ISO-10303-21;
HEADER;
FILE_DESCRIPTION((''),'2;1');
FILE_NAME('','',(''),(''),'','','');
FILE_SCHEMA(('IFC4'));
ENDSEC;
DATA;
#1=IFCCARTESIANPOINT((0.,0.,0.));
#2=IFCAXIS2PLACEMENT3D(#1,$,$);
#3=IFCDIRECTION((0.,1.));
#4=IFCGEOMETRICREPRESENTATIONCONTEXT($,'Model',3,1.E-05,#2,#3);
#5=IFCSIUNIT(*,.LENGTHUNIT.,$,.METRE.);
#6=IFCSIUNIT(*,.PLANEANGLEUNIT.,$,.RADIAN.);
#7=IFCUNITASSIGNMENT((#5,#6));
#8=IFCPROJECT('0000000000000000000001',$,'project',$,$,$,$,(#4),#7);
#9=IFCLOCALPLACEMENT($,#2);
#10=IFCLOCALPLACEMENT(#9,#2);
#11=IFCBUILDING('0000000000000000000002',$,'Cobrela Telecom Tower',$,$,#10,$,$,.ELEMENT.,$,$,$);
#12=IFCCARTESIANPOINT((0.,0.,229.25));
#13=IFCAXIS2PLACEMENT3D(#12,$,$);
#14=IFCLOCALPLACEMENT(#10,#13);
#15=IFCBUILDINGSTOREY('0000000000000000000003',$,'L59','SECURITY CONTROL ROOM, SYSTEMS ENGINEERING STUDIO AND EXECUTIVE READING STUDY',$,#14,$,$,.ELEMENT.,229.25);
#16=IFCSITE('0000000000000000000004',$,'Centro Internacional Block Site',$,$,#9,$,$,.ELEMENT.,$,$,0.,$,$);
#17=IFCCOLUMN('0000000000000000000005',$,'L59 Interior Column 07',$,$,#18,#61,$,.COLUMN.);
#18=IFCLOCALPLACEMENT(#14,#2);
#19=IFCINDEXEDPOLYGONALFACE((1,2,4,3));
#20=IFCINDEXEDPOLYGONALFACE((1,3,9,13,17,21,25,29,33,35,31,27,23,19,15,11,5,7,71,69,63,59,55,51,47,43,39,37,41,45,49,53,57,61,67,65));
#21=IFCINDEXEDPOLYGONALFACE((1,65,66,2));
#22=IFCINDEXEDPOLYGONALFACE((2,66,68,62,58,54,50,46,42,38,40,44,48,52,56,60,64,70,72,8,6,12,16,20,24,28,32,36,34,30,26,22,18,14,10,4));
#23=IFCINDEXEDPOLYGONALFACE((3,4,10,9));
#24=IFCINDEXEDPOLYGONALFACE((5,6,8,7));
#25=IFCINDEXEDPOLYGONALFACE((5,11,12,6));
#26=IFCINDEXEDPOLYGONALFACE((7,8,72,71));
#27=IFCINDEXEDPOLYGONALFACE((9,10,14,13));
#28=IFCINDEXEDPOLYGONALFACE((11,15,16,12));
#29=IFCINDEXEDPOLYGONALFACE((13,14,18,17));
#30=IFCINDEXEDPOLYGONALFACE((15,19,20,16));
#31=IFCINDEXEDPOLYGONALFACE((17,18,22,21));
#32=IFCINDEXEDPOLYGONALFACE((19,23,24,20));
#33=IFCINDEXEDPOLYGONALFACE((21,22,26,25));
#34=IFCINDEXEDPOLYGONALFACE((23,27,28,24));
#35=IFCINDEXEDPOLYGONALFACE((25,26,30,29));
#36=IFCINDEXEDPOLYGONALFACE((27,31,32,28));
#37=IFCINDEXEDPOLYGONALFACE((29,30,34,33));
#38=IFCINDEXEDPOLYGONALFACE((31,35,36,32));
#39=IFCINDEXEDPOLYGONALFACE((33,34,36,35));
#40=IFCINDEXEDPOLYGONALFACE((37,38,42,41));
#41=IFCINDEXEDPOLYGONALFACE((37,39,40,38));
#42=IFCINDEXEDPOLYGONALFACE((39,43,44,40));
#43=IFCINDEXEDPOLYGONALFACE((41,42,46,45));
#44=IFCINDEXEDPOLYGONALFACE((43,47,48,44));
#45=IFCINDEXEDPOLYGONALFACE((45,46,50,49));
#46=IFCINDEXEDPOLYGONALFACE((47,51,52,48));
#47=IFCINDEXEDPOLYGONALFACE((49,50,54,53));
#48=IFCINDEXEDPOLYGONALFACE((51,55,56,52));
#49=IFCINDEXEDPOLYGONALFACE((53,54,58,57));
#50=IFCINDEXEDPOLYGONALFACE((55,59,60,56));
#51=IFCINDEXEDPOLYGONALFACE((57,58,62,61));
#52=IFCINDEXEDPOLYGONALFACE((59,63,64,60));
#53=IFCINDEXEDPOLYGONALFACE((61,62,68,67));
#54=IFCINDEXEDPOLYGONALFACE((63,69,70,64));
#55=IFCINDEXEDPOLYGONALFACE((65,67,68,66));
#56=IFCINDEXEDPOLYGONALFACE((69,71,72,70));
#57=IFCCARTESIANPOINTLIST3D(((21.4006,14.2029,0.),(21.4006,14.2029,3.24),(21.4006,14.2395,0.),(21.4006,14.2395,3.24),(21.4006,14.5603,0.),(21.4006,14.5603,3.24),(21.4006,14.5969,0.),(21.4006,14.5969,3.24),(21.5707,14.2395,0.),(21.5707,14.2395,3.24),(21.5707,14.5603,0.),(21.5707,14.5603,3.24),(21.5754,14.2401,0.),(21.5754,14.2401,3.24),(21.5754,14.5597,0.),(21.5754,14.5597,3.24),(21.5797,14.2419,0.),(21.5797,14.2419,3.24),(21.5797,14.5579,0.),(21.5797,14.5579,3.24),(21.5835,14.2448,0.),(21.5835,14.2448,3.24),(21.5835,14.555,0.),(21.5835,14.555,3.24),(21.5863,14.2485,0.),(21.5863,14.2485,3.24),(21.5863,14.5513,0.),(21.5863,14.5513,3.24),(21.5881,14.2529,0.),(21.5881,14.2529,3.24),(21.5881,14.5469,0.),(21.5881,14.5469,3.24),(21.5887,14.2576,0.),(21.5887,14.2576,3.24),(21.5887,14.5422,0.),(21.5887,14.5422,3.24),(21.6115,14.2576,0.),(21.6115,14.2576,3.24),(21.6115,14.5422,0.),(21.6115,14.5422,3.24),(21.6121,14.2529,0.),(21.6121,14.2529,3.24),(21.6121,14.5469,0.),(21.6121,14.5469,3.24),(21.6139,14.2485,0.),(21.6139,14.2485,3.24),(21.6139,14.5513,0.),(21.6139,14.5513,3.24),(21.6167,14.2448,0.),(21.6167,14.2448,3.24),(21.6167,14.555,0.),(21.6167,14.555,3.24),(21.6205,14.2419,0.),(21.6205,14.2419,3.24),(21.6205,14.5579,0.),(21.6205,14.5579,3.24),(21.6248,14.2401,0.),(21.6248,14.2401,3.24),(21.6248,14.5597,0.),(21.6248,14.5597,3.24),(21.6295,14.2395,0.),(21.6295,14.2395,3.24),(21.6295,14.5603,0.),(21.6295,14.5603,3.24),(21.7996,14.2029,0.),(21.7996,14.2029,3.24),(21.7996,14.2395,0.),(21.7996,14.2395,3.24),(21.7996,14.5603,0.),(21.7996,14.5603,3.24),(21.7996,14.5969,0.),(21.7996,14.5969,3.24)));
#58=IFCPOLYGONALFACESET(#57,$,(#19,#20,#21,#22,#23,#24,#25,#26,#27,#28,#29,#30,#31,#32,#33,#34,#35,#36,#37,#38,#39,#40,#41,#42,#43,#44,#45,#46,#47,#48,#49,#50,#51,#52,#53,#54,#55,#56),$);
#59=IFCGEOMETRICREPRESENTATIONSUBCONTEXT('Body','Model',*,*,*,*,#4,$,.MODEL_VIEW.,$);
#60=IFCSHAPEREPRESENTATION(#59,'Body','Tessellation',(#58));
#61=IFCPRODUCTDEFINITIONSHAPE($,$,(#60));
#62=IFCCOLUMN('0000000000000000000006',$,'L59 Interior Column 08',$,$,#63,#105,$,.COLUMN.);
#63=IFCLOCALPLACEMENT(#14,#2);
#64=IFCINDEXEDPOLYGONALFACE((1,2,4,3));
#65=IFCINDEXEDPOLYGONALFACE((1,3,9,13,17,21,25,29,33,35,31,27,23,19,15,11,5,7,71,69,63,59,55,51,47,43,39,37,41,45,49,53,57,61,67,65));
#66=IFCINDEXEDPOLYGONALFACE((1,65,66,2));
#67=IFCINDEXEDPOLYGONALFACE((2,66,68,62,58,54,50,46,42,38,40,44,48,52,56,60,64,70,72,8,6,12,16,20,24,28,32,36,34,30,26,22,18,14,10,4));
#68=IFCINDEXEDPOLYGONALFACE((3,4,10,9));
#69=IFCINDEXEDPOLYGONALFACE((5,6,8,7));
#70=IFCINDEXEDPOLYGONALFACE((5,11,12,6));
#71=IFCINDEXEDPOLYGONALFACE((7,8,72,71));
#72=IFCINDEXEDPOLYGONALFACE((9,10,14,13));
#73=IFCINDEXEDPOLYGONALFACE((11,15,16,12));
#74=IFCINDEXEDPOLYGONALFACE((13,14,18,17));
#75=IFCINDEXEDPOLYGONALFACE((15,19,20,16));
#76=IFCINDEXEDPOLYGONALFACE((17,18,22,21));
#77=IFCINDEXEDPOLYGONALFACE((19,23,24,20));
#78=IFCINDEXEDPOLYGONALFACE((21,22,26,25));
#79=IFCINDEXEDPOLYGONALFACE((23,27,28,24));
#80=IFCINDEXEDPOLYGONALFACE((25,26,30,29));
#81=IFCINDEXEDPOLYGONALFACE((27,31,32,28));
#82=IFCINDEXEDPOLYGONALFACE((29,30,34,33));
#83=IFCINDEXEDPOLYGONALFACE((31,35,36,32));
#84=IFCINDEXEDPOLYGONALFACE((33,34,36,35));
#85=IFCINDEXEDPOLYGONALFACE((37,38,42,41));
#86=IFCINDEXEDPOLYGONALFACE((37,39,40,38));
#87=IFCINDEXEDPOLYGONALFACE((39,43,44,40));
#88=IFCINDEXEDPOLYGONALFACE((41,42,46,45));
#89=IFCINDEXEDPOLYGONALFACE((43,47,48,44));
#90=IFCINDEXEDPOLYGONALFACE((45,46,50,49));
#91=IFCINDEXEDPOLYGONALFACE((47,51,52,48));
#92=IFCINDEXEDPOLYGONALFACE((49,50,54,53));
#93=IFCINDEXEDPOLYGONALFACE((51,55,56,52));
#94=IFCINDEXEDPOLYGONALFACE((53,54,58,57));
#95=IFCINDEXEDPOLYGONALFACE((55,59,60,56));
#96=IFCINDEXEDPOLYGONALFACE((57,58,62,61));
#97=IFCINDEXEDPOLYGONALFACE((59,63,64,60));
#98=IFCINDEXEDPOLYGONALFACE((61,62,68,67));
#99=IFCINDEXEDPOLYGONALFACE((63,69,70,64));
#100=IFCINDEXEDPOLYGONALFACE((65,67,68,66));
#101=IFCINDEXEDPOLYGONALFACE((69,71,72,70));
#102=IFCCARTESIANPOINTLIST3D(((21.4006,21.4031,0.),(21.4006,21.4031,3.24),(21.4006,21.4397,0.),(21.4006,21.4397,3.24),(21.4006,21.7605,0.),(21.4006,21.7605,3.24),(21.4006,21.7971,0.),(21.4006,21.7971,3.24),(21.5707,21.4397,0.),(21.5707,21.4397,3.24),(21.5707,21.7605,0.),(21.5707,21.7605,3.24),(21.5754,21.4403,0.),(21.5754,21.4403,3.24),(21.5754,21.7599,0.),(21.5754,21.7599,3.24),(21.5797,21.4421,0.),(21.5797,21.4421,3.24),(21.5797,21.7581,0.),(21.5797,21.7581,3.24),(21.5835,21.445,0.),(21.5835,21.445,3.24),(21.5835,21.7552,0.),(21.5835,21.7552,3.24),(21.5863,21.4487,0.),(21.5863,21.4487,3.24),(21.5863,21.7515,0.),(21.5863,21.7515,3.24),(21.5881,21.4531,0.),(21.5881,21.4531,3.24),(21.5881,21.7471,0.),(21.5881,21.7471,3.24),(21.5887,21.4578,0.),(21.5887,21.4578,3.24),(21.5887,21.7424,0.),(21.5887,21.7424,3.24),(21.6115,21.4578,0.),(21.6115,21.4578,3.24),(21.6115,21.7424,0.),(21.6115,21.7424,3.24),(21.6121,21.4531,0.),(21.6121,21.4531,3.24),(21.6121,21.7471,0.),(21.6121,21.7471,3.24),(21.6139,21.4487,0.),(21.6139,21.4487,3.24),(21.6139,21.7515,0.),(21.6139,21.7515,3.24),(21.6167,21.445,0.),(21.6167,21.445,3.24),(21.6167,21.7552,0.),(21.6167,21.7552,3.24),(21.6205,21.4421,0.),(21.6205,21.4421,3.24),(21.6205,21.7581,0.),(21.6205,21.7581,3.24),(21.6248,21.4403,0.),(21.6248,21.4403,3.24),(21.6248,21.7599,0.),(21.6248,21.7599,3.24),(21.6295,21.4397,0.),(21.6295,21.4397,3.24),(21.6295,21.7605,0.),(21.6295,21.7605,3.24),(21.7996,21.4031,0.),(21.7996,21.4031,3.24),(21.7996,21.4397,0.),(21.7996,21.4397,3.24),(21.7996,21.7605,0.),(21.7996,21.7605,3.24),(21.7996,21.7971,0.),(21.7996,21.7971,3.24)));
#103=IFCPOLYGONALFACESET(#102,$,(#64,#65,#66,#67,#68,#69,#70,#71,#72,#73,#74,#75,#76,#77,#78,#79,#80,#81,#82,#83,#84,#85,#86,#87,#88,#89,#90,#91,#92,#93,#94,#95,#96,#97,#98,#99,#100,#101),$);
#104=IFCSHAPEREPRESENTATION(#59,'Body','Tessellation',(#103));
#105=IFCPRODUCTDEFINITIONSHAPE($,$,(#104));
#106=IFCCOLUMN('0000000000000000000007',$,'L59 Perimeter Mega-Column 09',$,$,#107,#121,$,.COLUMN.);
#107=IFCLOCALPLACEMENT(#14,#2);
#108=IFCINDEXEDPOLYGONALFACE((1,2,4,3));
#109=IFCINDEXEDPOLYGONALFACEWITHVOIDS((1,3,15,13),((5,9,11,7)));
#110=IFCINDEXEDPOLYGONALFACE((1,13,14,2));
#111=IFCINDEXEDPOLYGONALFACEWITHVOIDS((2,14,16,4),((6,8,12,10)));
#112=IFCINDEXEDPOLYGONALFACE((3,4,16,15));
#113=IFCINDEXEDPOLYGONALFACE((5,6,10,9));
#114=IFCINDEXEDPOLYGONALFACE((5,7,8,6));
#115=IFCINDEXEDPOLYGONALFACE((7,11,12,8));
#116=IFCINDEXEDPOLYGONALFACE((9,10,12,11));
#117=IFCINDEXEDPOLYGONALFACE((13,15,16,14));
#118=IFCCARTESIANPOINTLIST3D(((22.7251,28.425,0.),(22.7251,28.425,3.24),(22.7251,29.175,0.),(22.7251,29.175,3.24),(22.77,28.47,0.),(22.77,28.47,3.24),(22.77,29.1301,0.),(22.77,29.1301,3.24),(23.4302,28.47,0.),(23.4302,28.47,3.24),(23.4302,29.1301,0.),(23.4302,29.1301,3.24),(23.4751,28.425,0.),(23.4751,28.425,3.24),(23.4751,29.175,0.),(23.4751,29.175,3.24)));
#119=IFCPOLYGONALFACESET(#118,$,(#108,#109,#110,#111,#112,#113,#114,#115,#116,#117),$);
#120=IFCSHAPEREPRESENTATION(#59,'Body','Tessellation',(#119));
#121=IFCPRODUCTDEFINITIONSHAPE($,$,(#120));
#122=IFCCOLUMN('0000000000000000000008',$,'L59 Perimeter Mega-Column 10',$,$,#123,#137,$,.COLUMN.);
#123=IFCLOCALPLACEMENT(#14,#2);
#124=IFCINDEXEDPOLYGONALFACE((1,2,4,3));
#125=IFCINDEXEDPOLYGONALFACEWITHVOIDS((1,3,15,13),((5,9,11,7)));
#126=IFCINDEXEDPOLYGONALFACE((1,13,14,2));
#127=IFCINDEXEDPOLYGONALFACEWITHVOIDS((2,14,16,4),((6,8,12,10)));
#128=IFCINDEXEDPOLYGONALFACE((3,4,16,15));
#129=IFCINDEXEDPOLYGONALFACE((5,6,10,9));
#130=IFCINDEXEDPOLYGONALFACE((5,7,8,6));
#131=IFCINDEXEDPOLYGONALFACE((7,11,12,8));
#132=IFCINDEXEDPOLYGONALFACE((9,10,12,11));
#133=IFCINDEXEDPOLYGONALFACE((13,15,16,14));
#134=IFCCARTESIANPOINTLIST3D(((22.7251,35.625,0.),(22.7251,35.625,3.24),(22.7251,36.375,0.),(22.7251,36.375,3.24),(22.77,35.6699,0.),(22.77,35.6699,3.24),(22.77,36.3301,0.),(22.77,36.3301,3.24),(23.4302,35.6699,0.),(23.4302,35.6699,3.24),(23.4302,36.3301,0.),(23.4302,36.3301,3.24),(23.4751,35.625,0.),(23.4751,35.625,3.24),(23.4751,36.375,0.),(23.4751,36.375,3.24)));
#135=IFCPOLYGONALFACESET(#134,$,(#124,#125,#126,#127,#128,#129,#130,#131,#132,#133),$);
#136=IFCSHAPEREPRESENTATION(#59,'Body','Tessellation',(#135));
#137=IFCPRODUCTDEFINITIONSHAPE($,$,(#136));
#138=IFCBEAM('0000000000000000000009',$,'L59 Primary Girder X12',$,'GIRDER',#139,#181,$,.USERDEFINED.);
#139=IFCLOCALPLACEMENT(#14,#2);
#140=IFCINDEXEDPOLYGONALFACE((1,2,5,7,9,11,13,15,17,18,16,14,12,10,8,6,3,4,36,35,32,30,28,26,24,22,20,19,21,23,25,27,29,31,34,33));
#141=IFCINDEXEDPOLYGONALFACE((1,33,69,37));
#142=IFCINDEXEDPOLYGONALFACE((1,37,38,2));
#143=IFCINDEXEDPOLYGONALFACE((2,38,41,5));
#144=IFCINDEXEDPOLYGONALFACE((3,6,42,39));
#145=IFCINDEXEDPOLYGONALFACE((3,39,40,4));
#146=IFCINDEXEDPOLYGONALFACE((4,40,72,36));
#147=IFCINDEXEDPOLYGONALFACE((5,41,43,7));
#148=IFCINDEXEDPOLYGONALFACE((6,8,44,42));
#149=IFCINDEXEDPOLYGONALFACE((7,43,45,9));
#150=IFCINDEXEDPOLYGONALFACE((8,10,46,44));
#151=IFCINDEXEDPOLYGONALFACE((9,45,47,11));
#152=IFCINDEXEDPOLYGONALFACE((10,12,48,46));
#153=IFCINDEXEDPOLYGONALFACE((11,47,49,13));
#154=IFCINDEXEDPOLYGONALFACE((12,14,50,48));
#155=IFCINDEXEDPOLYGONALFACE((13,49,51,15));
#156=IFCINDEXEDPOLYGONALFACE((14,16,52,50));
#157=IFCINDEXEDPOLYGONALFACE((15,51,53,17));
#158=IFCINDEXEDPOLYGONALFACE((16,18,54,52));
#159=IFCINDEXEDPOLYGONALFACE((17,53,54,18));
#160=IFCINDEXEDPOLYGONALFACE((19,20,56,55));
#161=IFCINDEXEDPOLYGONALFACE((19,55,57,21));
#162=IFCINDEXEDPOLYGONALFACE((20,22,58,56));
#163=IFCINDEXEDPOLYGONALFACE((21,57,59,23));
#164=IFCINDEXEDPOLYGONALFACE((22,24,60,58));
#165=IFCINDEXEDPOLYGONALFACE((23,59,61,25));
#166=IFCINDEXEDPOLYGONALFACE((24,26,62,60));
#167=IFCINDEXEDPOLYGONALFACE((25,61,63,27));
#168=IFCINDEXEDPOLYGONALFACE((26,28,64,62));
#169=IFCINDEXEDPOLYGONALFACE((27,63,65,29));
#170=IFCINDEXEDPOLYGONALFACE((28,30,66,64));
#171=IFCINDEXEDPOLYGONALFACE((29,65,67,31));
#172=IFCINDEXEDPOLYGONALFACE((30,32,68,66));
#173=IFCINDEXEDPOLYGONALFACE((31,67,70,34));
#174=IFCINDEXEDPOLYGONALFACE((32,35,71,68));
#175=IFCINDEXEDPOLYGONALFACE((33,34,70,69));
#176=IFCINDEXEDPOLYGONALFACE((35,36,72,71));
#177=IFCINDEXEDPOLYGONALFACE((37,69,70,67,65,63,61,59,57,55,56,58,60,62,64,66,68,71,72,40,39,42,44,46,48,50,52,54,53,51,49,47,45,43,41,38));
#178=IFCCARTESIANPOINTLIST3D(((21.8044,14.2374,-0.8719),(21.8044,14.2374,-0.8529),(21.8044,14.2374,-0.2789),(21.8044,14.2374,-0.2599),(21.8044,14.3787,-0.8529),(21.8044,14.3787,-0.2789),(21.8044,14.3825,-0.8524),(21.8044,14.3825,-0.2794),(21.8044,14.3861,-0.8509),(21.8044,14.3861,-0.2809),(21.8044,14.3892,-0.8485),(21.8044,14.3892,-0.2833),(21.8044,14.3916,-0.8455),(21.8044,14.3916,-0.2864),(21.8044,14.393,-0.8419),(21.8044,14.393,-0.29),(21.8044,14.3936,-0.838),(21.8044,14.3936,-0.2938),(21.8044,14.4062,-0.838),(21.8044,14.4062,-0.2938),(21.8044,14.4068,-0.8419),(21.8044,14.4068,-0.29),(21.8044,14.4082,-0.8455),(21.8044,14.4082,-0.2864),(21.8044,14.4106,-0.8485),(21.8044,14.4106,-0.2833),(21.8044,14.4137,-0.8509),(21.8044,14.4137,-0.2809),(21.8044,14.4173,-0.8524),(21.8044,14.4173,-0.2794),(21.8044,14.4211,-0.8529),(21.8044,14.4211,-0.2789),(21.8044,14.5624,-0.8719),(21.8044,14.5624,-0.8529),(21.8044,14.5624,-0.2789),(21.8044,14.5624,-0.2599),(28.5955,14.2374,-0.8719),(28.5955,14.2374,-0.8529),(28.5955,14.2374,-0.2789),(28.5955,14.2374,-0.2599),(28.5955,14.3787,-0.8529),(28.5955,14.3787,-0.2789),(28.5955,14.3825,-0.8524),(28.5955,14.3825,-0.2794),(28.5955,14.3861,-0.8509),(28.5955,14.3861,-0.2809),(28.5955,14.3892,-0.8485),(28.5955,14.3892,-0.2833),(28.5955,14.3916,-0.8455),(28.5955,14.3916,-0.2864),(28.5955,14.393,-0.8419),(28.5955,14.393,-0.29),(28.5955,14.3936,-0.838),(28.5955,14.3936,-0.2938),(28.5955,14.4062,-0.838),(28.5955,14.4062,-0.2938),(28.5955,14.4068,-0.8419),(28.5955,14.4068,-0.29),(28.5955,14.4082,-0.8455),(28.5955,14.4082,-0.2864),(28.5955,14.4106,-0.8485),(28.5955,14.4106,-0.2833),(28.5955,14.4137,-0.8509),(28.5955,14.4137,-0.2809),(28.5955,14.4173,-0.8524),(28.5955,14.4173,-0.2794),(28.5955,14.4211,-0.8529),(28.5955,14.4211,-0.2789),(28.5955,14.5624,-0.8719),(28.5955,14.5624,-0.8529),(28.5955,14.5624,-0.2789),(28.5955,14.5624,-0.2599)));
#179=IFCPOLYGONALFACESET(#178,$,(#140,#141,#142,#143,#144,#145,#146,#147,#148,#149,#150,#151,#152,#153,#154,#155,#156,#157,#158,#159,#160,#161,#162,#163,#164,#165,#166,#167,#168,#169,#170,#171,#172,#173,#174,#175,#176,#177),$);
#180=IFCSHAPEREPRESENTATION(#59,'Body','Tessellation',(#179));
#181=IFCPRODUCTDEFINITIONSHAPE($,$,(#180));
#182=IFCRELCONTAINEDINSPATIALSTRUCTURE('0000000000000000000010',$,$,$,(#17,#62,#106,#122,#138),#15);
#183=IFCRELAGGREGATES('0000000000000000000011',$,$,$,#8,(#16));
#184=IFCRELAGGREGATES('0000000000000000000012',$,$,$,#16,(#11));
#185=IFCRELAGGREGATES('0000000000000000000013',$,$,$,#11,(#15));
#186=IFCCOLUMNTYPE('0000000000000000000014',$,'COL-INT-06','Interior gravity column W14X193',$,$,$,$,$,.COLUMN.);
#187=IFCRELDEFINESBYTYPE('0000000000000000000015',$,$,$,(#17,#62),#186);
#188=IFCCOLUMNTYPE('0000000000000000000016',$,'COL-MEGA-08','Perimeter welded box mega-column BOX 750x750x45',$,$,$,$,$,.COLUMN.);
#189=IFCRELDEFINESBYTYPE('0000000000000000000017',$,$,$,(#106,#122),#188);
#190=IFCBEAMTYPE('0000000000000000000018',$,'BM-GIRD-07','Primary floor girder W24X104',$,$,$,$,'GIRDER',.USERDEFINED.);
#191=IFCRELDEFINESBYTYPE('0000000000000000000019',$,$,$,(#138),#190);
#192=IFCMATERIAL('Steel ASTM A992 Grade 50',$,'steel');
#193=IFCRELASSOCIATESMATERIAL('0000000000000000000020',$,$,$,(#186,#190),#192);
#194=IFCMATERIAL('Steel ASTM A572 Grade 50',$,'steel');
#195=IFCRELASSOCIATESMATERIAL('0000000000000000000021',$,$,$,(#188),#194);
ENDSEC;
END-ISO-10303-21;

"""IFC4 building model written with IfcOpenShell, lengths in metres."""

from ifc_helpers import new_model, si_unit, direction, frame, origin, origin_2d, place, context, subcontext, project, spatial, hollow_rectangle, i_section, extrude, material, material_profile, profile_set, type_object, element, save


model = new_model("IFC4")

# Units and contexts
model_context = context("Model", 3, precision=1e-05, world=origin(), true_north=direction((0.0, 1.0)))
body_context = subcontext(model_context, "Body", "Model", "MODEL_VIEW")
ifc_project = project(units=[si_unit("LENGTHUNIT", "METRE"), si_unit("PLANEANGLEUNIT", "RADIAN")], contexts=[model_context])

# Site, building, storey
site_placement = place(None, origin())
site = spatial("IfcSite", under=ifc_project, at=site_placement, Name="Centro Internacional Block Site", CompositionType="ELEMENT", RefElevation=0.0)
building_placement = place(site_placement, origin())
building = spatial("IfcBuilding", under=site, at=building_placement, Name="Cobrela Telecom Tower", CompositionType="ELEMENT")
storey_placement = place(building_placement, frame((0.0, 0.0, 229.25)))
storey = spatial("IfcBuildingStorey", under=building, at=storey_placement, Name="L59", Description="SECURITY CONTROL ROOM, SYSTEMS ENGINEERING STUDIO AND EXECUTIVE READING STUDY", CompositionType="ELEMENT", Elevation=229.25)

# Columns
ifc_material_1 = material(Name="Steel ASTM A992 Grade 50", Category="steel")
ifc_material_profile_1 = material_profile(ifc_material_1, i_section(OverallWidth=0.3989, OverallDepth=0.394, WebThickness=0.0227, FlangeThickness=0.0366, FilletRadius=0.0181, at=origin_2d()), Name="W14X193")
ifc_profile_set_1 = profile_set([ifc_material_profile_1], Name="Steel ASTM A992 Grade 50")
column_type_1 = type_object("IfcColumnType", Name="COL-INT-06", Description="Interior gravity column W14X193", PredefinedType="COLUMN", material=ifc_profile_set_1)
for number, where, z_axis, x_axis, name in (
    (1, (21.6001, 14.3999, 0.0), (0.0, 0.0, 1.0), (1.0, 0.0, 0.0), "L59 Interior Column 07"),
    (2, (21.6001, 21.6001, 0.0), (0.0, 0.0, 1.0), (1.0, 0.0, 0.0), "L59 Interior Column 08"),
):
    element("IfcColumn", number, at=place(storey_placement, frame(where, z_axis=z_axis, x_axis=x_axis)), inside=storey, type_object=column_type_1, Name=name, PredefinedType="COLUMN", context=body_context, shape_type="SweptSolid", body=[
        extrude(i_section(OverallWidth=0.3989, OverallDepth=0.394, WebThickness=0.0227, FlangeThickness=0.0366, FilletRadius=0.0181, at=origin_2d()), origin(), (0.0, 0.0, 1.0), 3.24),
    ])
ifc_material_2 = material(Name="Steel ASTM A572 Grade 50", Category="steel")
ifc_material_profile_2 = material_profile(ifc_material_2, hollow_rectangle(XDim=0.75, YDim=0.75, WallThickness=0.0449, at=origin_2d()), Name="BOX 750x750x45")
ifc_profile_set_2 = profile_set([ifc_material_profile_2], Name="Steel ASTM A572 Grade 50")
column_type_2 = type_object("IfcColumnType", Name="COL-MEGA-08", Description="Perimeter welded box mega-column BOX 750x750x45", PredefinedType="COLUMN", material=ifc_profile_set_2)
for number, where, z_axis, x_axis, name in (
    (3, (23.1001, 28.8, 0.0), (0.0, 0.0, 1.0), (1.0, 0.0, 0.0), "L59 Perimeter Mega-Column 09"),
    (4, (23.1001, 36.0, 0.0), (0.0, 0.0, 1.0), (1.0, 0.0, 0.0), "L59 Perimeter Mega-Column 10"),
):
    element("IfcColumn", number, at=place(storey_placement, frame(where, z_axis=z_axis, x_axis=x_axis)), inside=storey, type_object=column_type_2, Name=name, PredefinedType="COLUMN", context=body_context, shape_type="SweptSolid", body=[
        extrude(hollow_rectangle(XDim=0.75, YDim=0.75, WallThickness=0.0449, at=origin_2d()), origin(), (0.0, 0.0, 1.0), 3.24),
    ])

# Beam
ifc_material_profile_3 = material_profile(ifc_material_1, i_section(OverallWidth=0.325, OverallDepth=0.6121, WebThickness=0.0127, FlangeThickness=0.019, FilletRadius=0.0149, at=origin_2d()), Name="W24X104")
ifc_profile_set_3 = profile_set([ifc_material_profile_3], Name="Steel ASTM A992 Grade 50")
beam_type_1 = type_object("IfcBeamType", Name="BM-GIRD-07", Description="Primary floor girder W24X104", ElementType="GIRDER", PredefinedType="USERDEFINED", material=ifc_profile_set_3)
for number, where, z_axis, x_axis, name in (
    (5, (21.8044, 14.3999, -0.5659), (1.0, 0.0, 0.0), (0.0, 1.0, 0.0), "L59 Primary Girder X12"),
):
    element("IfcBeam", number, at=place(storey_placement, frame(where, z_axis=z_axis, x_axis=x_axis)), inside=storey, type_object=beam_type_1, Name=name, ObjectType="GIRDER", PredefinedType="USERDEFINED", context=body_context, shape_type="SweptSolid", body=[
        extrude(i_section(OverallWidth=0.325, OverallDepth=0.6121, WebThickness=0.0127, FlangeThickness=0.019, FilletRadius=0.0149, at=origin_2d()), origin(), (0.0, 0.0, 1.0), 6.791),
    ])

save(model, "model.ifc")
